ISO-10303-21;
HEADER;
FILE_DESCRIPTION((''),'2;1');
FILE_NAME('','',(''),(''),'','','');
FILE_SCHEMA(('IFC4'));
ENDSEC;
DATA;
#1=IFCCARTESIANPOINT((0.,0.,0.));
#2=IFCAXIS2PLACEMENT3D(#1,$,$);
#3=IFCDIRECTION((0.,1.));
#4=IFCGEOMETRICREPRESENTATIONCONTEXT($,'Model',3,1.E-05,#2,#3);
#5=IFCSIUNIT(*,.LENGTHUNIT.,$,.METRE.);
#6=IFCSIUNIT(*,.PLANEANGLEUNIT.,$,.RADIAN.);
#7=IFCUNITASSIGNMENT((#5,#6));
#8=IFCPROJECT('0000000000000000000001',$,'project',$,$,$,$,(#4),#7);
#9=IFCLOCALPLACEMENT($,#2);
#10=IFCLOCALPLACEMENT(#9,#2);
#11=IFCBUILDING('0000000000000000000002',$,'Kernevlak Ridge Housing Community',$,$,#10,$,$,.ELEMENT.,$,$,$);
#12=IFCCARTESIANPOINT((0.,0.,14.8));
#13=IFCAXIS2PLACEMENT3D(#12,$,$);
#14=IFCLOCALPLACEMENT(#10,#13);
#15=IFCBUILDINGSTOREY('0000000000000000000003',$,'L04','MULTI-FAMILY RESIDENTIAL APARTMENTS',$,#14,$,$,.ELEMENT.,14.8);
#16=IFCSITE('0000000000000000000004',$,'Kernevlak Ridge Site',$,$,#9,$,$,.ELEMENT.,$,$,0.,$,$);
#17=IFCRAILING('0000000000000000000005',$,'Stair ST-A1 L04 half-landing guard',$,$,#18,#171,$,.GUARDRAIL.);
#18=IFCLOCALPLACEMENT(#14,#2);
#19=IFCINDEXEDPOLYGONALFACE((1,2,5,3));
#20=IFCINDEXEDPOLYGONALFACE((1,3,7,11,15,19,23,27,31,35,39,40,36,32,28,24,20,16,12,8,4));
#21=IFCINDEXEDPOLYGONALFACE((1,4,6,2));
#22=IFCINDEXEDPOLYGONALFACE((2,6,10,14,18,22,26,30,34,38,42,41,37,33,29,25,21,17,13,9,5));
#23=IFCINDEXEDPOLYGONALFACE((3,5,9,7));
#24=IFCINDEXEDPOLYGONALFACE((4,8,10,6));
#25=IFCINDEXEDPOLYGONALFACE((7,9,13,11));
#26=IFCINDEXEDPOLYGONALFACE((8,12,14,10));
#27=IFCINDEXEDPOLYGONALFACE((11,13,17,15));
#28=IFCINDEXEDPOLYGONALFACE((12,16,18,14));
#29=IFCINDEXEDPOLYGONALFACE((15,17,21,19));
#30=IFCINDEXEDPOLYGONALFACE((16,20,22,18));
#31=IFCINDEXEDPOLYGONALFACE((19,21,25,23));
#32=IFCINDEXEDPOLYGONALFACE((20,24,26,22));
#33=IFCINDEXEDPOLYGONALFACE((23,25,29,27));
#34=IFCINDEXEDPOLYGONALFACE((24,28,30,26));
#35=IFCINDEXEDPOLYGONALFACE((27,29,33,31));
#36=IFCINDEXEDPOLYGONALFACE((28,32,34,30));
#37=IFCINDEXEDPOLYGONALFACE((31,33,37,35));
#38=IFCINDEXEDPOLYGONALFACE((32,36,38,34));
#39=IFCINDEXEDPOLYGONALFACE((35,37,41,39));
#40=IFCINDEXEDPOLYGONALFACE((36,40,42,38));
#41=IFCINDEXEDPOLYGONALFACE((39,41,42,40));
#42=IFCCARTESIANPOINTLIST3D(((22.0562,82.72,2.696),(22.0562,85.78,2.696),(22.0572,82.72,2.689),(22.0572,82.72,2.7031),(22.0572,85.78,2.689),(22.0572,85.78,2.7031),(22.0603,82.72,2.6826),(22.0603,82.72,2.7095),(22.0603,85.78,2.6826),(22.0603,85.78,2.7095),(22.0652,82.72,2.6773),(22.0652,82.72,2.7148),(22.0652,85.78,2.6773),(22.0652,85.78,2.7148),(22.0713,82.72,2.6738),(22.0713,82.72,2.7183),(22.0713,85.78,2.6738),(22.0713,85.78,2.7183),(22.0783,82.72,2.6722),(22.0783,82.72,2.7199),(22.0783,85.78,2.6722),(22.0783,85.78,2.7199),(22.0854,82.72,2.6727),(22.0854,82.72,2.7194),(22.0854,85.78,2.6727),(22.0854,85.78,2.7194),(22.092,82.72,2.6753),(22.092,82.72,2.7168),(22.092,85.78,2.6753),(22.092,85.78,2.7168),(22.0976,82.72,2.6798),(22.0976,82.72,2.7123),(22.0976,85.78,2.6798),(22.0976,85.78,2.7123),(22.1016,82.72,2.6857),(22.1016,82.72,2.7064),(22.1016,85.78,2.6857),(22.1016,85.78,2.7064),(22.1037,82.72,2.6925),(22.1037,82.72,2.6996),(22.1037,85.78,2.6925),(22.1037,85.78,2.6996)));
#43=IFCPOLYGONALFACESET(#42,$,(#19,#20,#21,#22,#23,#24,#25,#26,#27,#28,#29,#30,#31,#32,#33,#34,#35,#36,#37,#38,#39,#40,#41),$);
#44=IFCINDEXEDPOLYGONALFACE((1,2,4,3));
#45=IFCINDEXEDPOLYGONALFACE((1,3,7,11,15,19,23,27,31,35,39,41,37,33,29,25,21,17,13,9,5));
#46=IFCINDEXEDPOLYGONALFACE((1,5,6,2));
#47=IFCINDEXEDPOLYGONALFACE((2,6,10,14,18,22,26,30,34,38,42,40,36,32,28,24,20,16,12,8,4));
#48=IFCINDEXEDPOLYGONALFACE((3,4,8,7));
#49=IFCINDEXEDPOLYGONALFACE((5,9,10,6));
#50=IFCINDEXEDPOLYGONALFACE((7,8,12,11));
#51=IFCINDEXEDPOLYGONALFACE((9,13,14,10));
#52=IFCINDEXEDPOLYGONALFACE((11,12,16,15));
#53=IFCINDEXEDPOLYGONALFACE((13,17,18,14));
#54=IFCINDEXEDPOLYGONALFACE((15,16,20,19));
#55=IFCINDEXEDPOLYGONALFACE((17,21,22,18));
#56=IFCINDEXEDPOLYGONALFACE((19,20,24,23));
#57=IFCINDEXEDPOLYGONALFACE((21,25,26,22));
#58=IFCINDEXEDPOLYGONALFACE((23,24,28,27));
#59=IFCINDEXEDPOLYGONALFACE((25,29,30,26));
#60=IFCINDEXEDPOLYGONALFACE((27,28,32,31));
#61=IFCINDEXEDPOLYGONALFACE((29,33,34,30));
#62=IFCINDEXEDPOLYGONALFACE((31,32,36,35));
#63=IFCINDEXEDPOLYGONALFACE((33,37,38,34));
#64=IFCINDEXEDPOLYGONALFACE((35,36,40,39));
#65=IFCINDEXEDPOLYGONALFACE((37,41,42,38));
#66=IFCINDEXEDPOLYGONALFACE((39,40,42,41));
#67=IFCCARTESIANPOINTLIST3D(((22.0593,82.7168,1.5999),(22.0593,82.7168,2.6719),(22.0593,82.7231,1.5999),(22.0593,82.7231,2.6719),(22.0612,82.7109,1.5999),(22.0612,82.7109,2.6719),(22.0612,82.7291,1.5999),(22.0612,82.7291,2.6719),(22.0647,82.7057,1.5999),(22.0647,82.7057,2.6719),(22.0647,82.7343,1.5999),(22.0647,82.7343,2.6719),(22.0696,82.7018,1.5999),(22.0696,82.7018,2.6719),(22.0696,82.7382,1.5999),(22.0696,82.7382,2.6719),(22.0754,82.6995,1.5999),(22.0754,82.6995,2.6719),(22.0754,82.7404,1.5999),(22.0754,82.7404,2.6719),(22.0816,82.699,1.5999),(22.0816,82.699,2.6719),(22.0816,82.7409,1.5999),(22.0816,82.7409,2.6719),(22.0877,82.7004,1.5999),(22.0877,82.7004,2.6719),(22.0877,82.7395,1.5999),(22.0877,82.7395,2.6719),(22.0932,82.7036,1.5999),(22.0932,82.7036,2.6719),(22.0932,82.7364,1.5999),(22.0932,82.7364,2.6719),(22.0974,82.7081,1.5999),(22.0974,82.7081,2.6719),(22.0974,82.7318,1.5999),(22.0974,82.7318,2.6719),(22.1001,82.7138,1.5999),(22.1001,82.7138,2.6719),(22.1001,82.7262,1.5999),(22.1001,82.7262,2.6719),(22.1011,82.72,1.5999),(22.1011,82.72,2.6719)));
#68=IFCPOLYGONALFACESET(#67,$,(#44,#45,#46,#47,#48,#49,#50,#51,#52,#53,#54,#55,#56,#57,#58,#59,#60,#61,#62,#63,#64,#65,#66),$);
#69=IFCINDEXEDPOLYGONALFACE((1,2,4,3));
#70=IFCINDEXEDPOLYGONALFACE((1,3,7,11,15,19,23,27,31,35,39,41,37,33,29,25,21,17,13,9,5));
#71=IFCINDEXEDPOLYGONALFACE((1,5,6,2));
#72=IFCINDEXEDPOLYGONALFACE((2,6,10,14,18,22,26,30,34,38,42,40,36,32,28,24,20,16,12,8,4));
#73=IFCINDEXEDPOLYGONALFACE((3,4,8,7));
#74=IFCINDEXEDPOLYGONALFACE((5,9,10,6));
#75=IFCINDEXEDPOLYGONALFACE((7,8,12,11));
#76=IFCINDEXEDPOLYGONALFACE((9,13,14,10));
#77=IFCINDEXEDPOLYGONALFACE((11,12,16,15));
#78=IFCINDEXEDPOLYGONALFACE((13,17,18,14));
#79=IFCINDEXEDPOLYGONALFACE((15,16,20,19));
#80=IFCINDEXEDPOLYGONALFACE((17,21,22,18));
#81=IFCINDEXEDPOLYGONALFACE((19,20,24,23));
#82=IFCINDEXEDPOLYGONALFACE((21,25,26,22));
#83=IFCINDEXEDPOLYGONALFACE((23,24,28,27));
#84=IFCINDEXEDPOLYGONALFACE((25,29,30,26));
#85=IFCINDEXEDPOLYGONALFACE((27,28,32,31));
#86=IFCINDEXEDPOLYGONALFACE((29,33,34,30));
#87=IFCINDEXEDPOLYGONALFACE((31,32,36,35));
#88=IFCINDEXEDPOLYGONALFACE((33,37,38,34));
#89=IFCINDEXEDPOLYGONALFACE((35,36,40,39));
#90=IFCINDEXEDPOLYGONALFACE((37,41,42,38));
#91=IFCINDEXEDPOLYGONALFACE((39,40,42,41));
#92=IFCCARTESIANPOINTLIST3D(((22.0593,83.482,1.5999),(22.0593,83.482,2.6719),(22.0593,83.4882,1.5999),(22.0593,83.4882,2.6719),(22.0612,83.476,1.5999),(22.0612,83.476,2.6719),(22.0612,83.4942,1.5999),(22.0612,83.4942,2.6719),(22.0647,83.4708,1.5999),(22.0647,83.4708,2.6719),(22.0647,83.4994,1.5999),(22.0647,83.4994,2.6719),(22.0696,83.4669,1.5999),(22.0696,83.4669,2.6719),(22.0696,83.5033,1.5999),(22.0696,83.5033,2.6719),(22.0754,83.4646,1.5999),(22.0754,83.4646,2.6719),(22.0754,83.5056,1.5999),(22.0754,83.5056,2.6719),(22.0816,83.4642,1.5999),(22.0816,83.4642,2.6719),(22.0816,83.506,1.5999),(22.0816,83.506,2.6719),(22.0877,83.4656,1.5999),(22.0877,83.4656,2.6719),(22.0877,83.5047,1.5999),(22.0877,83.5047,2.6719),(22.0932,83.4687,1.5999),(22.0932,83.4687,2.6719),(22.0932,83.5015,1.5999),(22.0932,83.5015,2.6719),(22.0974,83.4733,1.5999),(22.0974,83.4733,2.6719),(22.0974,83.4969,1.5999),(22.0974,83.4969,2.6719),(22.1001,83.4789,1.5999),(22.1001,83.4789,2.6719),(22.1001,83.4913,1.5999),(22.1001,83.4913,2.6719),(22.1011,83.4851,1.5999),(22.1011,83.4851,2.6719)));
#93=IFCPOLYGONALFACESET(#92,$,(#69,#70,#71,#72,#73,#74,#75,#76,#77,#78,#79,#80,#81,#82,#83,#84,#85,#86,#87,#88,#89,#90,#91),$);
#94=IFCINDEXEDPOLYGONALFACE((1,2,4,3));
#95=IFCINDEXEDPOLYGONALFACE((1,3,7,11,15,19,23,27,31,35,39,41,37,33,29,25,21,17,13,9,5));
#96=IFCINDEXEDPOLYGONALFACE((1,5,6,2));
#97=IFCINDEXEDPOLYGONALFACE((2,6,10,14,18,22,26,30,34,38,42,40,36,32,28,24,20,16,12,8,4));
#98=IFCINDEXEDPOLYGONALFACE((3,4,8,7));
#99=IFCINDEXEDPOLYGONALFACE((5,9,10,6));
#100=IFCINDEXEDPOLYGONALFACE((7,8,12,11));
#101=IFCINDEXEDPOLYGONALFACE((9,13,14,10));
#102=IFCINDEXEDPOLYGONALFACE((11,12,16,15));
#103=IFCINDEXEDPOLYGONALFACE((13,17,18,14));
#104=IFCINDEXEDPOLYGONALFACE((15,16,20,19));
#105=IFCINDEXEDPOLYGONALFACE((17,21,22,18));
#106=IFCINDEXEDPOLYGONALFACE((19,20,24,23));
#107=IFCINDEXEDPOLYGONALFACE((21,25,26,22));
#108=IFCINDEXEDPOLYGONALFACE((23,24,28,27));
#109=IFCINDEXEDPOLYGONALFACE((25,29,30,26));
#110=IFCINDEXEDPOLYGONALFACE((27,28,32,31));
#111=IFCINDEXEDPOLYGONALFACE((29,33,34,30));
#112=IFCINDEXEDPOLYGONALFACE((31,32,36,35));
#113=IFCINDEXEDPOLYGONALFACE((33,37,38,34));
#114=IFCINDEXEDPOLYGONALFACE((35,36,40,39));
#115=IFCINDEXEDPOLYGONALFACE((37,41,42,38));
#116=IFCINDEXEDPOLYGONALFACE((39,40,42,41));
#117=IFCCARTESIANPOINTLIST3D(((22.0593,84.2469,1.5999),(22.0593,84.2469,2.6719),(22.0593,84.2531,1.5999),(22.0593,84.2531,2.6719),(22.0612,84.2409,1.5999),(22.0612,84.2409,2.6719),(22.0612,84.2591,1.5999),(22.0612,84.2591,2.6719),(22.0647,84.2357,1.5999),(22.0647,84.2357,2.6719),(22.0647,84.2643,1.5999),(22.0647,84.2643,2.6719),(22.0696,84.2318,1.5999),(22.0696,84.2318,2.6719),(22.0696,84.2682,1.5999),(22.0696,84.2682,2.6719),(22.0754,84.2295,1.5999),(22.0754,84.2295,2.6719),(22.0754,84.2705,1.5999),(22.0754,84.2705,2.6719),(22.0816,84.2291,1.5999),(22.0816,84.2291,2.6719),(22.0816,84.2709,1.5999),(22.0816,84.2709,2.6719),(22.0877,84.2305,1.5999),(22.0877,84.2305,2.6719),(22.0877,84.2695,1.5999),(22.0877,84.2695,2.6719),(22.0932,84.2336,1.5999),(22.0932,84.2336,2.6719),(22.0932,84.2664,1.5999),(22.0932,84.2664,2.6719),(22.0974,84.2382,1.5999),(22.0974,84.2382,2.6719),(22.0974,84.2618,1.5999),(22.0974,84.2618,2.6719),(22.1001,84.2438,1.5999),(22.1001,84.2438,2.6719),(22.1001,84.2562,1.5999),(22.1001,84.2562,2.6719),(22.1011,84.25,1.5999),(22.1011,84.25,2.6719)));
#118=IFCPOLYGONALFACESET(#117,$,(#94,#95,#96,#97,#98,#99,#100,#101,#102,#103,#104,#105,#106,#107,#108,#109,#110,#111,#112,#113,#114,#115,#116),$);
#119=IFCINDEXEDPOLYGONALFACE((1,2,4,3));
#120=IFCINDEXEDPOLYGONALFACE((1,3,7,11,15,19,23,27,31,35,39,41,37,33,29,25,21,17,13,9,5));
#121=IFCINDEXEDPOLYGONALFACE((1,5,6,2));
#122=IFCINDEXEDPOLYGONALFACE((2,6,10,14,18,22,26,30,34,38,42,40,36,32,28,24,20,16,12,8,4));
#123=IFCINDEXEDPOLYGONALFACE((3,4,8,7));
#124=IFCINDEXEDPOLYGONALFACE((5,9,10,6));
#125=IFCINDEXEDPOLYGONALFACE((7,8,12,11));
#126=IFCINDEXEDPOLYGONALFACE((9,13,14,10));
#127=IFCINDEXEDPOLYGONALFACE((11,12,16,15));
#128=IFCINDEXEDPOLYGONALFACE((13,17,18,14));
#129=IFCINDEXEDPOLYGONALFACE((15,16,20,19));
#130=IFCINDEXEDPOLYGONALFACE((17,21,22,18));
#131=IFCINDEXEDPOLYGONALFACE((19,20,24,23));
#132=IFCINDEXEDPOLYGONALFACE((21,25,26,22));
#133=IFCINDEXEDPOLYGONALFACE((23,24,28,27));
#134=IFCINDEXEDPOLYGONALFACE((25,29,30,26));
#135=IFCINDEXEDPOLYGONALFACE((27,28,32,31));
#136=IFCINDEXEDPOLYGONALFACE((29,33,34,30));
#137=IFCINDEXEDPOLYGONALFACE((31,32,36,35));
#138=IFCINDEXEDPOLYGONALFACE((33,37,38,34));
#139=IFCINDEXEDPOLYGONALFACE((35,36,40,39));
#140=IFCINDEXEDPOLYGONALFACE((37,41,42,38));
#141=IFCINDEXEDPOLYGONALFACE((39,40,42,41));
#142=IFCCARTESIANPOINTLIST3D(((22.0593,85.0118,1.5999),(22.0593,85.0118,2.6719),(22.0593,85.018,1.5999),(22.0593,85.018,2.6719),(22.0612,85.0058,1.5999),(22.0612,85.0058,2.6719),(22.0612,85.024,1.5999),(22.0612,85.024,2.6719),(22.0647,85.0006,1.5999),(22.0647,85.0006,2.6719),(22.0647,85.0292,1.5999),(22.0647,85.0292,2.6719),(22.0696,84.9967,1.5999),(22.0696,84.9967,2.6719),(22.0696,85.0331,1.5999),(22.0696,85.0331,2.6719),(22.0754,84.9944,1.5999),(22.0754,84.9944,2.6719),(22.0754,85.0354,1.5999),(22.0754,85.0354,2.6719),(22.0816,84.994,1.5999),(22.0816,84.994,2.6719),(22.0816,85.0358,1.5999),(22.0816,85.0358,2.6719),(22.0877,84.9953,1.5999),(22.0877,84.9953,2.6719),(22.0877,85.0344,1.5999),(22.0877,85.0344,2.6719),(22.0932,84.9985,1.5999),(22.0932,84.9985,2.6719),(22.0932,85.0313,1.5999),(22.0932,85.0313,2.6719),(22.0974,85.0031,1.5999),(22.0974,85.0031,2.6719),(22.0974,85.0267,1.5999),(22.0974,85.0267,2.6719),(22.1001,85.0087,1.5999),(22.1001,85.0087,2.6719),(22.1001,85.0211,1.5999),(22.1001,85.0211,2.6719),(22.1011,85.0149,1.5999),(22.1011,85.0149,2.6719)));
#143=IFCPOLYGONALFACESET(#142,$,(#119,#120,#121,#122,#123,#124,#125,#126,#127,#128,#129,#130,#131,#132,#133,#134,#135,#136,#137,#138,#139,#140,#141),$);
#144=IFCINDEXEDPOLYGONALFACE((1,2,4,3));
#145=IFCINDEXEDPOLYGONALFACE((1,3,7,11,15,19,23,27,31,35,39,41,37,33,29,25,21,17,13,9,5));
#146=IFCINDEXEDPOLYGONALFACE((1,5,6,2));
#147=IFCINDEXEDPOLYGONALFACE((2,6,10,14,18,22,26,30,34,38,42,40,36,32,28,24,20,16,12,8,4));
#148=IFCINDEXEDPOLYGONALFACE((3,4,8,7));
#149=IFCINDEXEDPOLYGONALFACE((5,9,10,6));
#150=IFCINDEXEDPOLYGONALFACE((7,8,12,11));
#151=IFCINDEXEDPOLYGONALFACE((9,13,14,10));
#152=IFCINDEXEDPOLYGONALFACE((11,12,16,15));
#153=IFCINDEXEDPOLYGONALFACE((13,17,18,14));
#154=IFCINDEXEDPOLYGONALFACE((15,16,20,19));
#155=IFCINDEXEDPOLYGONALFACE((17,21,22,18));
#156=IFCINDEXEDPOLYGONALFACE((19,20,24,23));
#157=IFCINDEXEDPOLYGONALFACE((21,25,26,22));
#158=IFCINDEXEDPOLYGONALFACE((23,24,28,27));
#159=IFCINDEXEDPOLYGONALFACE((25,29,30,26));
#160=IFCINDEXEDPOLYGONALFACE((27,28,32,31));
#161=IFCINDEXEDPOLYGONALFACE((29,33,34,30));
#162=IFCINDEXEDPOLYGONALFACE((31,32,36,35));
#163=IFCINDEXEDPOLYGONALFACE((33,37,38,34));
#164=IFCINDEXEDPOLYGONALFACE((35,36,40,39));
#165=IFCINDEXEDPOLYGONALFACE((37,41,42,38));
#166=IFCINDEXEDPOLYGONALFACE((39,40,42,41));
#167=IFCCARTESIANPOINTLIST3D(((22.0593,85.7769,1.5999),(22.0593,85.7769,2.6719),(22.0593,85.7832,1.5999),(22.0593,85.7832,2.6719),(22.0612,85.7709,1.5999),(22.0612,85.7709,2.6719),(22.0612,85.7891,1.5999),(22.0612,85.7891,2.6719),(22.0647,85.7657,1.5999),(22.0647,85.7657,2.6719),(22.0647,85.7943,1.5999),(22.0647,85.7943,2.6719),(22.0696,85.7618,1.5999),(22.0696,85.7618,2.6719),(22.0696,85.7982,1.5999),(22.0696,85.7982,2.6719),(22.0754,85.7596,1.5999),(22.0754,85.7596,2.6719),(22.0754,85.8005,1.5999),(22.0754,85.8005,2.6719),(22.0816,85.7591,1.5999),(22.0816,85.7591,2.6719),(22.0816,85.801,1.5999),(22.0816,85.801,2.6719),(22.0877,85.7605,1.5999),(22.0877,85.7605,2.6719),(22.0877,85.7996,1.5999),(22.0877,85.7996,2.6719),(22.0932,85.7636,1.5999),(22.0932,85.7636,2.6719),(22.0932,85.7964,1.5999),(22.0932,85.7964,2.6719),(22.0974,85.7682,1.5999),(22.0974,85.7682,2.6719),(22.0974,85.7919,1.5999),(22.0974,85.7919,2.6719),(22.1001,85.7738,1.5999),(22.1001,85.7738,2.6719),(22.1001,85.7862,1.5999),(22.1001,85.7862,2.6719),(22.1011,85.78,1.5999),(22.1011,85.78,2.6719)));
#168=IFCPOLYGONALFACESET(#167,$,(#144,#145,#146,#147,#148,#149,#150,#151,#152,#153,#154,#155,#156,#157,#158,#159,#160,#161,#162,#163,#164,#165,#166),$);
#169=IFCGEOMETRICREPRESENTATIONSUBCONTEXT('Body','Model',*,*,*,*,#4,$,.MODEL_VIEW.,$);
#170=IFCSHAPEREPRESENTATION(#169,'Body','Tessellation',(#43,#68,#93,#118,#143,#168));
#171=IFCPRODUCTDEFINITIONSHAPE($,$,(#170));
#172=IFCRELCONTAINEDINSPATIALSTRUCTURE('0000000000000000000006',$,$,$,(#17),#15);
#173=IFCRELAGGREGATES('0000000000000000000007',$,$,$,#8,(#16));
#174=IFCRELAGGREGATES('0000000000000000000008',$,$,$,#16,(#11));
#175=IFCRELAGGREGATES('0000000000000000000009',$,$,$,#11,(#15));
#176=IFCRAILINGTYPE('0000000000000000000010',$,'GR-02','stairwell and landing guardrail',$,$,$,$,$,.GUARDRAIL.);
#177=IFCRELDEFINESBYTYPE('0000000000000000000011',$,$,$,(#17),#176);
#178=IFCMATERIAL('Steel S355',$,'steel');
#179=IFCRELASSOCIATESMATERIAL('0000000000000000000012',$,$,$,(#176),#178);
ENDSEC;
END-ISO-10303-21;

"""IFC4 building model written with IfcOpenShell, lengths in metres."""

from ifc_helpers import new_model, si_unit, direction, frame, origin, origin_2d, place, context, subcontext, project, spatial, circle, extrude, material, type_object, element, save


model = new_model("IFC4")

# Units and contexts
model_context = context("Model", 3, precision=1e-05, world=origin(), true_north=direction((0.0, 1.0)))
body_context = subcontext(model_context, "Body", "Model", "MODEL_VIEW")
ifc_project = project(units=[si_unit("LENGTHUNIT", "METRE"), si_unit("PLANEANGLEUNIT", "RADIAN")], contexts=[model_context])

# Site, building, storey
site_placement = place(None, origin())
site = spatial("IfcSite", under=ifc_project, at=site_placement, Name="Kernevlak Ridge Site", CompositionType="ELEMENT", RefElevation=0.0)
building_placement = place(site_placement, origin())
building = spatial("IfcBuilding", under=site, at=building_placement, Name="Kernevlak Ridge Housing Community", CompositionType="ELEMENT")
storey_placement = place(building_placement, frame((0.0, 0.0, 14.8)))
storey = spatial("IfcBuildingStorey", under=building, at=storey_placement, Name="L04", Description="MULTI-FAMILY RESIDENTIAL APARTMENTS", CompositionType="ELEMENT", Elevation=14.8)

# Railing
ifc_material_1 = material(Name="Steel S355", Category="steel")
railing_type_1 = type_object("IfcRailingType", Name="GR-02", Description="stairwell and landing guardrail", PredefinedType="GUARDRAIL", material=ifc_material_1)
railing_1_placement = place(storey_placement, frame((22.0801, 82.72, 1.5999)))
element("IfcRailing", 1, at=railing_1_placement, inside=storey, type_object=railing_type_1, Name="Stair ST-A1 L04 half-landing guard", PredefinedType="GUARDRAIL", context=body_context, shape_type="SweptSolid", body=[
    extrude(circle(Radius=0.0239, at=origin_2d()), frame((0.0, 0.0, 1.0962), z_axis=(0.0, 1.0, 0.0), x_axis=(-1.0, 0.0, 0.0)), (0.0, 0.0, 1.0), 3.0601),
    extrude(circle(Radius=0.021, at=origin_2d()), origin(), (0.0, 0.0, 1.0), 1.072),
    extrude(circle(Radius=0.021, at=origin_2d()), frame((0.0, 0.7651, 0.0)), (0.0, 0.0, 1.0), 1.072),
    extrude(circle(Radius=0.021, at=origin_2d()), frame((0.0, 1.53, 0.0)), (0.0, 0.0, 1.0), 1.072),
    extrude(circle(Radius=0.021, at=origin_2d()), frame((0.0, 2.2949, 0.0)), (0.0, 0.0, 1.0), 1.072),
    extrude(circle(Radius=0.021, at=origin_2d()), frame((0.0, 3.0601, 0.0)), (0.0, 0.0, 1.0), 1.072),
])

save(model, "model.ifc")
